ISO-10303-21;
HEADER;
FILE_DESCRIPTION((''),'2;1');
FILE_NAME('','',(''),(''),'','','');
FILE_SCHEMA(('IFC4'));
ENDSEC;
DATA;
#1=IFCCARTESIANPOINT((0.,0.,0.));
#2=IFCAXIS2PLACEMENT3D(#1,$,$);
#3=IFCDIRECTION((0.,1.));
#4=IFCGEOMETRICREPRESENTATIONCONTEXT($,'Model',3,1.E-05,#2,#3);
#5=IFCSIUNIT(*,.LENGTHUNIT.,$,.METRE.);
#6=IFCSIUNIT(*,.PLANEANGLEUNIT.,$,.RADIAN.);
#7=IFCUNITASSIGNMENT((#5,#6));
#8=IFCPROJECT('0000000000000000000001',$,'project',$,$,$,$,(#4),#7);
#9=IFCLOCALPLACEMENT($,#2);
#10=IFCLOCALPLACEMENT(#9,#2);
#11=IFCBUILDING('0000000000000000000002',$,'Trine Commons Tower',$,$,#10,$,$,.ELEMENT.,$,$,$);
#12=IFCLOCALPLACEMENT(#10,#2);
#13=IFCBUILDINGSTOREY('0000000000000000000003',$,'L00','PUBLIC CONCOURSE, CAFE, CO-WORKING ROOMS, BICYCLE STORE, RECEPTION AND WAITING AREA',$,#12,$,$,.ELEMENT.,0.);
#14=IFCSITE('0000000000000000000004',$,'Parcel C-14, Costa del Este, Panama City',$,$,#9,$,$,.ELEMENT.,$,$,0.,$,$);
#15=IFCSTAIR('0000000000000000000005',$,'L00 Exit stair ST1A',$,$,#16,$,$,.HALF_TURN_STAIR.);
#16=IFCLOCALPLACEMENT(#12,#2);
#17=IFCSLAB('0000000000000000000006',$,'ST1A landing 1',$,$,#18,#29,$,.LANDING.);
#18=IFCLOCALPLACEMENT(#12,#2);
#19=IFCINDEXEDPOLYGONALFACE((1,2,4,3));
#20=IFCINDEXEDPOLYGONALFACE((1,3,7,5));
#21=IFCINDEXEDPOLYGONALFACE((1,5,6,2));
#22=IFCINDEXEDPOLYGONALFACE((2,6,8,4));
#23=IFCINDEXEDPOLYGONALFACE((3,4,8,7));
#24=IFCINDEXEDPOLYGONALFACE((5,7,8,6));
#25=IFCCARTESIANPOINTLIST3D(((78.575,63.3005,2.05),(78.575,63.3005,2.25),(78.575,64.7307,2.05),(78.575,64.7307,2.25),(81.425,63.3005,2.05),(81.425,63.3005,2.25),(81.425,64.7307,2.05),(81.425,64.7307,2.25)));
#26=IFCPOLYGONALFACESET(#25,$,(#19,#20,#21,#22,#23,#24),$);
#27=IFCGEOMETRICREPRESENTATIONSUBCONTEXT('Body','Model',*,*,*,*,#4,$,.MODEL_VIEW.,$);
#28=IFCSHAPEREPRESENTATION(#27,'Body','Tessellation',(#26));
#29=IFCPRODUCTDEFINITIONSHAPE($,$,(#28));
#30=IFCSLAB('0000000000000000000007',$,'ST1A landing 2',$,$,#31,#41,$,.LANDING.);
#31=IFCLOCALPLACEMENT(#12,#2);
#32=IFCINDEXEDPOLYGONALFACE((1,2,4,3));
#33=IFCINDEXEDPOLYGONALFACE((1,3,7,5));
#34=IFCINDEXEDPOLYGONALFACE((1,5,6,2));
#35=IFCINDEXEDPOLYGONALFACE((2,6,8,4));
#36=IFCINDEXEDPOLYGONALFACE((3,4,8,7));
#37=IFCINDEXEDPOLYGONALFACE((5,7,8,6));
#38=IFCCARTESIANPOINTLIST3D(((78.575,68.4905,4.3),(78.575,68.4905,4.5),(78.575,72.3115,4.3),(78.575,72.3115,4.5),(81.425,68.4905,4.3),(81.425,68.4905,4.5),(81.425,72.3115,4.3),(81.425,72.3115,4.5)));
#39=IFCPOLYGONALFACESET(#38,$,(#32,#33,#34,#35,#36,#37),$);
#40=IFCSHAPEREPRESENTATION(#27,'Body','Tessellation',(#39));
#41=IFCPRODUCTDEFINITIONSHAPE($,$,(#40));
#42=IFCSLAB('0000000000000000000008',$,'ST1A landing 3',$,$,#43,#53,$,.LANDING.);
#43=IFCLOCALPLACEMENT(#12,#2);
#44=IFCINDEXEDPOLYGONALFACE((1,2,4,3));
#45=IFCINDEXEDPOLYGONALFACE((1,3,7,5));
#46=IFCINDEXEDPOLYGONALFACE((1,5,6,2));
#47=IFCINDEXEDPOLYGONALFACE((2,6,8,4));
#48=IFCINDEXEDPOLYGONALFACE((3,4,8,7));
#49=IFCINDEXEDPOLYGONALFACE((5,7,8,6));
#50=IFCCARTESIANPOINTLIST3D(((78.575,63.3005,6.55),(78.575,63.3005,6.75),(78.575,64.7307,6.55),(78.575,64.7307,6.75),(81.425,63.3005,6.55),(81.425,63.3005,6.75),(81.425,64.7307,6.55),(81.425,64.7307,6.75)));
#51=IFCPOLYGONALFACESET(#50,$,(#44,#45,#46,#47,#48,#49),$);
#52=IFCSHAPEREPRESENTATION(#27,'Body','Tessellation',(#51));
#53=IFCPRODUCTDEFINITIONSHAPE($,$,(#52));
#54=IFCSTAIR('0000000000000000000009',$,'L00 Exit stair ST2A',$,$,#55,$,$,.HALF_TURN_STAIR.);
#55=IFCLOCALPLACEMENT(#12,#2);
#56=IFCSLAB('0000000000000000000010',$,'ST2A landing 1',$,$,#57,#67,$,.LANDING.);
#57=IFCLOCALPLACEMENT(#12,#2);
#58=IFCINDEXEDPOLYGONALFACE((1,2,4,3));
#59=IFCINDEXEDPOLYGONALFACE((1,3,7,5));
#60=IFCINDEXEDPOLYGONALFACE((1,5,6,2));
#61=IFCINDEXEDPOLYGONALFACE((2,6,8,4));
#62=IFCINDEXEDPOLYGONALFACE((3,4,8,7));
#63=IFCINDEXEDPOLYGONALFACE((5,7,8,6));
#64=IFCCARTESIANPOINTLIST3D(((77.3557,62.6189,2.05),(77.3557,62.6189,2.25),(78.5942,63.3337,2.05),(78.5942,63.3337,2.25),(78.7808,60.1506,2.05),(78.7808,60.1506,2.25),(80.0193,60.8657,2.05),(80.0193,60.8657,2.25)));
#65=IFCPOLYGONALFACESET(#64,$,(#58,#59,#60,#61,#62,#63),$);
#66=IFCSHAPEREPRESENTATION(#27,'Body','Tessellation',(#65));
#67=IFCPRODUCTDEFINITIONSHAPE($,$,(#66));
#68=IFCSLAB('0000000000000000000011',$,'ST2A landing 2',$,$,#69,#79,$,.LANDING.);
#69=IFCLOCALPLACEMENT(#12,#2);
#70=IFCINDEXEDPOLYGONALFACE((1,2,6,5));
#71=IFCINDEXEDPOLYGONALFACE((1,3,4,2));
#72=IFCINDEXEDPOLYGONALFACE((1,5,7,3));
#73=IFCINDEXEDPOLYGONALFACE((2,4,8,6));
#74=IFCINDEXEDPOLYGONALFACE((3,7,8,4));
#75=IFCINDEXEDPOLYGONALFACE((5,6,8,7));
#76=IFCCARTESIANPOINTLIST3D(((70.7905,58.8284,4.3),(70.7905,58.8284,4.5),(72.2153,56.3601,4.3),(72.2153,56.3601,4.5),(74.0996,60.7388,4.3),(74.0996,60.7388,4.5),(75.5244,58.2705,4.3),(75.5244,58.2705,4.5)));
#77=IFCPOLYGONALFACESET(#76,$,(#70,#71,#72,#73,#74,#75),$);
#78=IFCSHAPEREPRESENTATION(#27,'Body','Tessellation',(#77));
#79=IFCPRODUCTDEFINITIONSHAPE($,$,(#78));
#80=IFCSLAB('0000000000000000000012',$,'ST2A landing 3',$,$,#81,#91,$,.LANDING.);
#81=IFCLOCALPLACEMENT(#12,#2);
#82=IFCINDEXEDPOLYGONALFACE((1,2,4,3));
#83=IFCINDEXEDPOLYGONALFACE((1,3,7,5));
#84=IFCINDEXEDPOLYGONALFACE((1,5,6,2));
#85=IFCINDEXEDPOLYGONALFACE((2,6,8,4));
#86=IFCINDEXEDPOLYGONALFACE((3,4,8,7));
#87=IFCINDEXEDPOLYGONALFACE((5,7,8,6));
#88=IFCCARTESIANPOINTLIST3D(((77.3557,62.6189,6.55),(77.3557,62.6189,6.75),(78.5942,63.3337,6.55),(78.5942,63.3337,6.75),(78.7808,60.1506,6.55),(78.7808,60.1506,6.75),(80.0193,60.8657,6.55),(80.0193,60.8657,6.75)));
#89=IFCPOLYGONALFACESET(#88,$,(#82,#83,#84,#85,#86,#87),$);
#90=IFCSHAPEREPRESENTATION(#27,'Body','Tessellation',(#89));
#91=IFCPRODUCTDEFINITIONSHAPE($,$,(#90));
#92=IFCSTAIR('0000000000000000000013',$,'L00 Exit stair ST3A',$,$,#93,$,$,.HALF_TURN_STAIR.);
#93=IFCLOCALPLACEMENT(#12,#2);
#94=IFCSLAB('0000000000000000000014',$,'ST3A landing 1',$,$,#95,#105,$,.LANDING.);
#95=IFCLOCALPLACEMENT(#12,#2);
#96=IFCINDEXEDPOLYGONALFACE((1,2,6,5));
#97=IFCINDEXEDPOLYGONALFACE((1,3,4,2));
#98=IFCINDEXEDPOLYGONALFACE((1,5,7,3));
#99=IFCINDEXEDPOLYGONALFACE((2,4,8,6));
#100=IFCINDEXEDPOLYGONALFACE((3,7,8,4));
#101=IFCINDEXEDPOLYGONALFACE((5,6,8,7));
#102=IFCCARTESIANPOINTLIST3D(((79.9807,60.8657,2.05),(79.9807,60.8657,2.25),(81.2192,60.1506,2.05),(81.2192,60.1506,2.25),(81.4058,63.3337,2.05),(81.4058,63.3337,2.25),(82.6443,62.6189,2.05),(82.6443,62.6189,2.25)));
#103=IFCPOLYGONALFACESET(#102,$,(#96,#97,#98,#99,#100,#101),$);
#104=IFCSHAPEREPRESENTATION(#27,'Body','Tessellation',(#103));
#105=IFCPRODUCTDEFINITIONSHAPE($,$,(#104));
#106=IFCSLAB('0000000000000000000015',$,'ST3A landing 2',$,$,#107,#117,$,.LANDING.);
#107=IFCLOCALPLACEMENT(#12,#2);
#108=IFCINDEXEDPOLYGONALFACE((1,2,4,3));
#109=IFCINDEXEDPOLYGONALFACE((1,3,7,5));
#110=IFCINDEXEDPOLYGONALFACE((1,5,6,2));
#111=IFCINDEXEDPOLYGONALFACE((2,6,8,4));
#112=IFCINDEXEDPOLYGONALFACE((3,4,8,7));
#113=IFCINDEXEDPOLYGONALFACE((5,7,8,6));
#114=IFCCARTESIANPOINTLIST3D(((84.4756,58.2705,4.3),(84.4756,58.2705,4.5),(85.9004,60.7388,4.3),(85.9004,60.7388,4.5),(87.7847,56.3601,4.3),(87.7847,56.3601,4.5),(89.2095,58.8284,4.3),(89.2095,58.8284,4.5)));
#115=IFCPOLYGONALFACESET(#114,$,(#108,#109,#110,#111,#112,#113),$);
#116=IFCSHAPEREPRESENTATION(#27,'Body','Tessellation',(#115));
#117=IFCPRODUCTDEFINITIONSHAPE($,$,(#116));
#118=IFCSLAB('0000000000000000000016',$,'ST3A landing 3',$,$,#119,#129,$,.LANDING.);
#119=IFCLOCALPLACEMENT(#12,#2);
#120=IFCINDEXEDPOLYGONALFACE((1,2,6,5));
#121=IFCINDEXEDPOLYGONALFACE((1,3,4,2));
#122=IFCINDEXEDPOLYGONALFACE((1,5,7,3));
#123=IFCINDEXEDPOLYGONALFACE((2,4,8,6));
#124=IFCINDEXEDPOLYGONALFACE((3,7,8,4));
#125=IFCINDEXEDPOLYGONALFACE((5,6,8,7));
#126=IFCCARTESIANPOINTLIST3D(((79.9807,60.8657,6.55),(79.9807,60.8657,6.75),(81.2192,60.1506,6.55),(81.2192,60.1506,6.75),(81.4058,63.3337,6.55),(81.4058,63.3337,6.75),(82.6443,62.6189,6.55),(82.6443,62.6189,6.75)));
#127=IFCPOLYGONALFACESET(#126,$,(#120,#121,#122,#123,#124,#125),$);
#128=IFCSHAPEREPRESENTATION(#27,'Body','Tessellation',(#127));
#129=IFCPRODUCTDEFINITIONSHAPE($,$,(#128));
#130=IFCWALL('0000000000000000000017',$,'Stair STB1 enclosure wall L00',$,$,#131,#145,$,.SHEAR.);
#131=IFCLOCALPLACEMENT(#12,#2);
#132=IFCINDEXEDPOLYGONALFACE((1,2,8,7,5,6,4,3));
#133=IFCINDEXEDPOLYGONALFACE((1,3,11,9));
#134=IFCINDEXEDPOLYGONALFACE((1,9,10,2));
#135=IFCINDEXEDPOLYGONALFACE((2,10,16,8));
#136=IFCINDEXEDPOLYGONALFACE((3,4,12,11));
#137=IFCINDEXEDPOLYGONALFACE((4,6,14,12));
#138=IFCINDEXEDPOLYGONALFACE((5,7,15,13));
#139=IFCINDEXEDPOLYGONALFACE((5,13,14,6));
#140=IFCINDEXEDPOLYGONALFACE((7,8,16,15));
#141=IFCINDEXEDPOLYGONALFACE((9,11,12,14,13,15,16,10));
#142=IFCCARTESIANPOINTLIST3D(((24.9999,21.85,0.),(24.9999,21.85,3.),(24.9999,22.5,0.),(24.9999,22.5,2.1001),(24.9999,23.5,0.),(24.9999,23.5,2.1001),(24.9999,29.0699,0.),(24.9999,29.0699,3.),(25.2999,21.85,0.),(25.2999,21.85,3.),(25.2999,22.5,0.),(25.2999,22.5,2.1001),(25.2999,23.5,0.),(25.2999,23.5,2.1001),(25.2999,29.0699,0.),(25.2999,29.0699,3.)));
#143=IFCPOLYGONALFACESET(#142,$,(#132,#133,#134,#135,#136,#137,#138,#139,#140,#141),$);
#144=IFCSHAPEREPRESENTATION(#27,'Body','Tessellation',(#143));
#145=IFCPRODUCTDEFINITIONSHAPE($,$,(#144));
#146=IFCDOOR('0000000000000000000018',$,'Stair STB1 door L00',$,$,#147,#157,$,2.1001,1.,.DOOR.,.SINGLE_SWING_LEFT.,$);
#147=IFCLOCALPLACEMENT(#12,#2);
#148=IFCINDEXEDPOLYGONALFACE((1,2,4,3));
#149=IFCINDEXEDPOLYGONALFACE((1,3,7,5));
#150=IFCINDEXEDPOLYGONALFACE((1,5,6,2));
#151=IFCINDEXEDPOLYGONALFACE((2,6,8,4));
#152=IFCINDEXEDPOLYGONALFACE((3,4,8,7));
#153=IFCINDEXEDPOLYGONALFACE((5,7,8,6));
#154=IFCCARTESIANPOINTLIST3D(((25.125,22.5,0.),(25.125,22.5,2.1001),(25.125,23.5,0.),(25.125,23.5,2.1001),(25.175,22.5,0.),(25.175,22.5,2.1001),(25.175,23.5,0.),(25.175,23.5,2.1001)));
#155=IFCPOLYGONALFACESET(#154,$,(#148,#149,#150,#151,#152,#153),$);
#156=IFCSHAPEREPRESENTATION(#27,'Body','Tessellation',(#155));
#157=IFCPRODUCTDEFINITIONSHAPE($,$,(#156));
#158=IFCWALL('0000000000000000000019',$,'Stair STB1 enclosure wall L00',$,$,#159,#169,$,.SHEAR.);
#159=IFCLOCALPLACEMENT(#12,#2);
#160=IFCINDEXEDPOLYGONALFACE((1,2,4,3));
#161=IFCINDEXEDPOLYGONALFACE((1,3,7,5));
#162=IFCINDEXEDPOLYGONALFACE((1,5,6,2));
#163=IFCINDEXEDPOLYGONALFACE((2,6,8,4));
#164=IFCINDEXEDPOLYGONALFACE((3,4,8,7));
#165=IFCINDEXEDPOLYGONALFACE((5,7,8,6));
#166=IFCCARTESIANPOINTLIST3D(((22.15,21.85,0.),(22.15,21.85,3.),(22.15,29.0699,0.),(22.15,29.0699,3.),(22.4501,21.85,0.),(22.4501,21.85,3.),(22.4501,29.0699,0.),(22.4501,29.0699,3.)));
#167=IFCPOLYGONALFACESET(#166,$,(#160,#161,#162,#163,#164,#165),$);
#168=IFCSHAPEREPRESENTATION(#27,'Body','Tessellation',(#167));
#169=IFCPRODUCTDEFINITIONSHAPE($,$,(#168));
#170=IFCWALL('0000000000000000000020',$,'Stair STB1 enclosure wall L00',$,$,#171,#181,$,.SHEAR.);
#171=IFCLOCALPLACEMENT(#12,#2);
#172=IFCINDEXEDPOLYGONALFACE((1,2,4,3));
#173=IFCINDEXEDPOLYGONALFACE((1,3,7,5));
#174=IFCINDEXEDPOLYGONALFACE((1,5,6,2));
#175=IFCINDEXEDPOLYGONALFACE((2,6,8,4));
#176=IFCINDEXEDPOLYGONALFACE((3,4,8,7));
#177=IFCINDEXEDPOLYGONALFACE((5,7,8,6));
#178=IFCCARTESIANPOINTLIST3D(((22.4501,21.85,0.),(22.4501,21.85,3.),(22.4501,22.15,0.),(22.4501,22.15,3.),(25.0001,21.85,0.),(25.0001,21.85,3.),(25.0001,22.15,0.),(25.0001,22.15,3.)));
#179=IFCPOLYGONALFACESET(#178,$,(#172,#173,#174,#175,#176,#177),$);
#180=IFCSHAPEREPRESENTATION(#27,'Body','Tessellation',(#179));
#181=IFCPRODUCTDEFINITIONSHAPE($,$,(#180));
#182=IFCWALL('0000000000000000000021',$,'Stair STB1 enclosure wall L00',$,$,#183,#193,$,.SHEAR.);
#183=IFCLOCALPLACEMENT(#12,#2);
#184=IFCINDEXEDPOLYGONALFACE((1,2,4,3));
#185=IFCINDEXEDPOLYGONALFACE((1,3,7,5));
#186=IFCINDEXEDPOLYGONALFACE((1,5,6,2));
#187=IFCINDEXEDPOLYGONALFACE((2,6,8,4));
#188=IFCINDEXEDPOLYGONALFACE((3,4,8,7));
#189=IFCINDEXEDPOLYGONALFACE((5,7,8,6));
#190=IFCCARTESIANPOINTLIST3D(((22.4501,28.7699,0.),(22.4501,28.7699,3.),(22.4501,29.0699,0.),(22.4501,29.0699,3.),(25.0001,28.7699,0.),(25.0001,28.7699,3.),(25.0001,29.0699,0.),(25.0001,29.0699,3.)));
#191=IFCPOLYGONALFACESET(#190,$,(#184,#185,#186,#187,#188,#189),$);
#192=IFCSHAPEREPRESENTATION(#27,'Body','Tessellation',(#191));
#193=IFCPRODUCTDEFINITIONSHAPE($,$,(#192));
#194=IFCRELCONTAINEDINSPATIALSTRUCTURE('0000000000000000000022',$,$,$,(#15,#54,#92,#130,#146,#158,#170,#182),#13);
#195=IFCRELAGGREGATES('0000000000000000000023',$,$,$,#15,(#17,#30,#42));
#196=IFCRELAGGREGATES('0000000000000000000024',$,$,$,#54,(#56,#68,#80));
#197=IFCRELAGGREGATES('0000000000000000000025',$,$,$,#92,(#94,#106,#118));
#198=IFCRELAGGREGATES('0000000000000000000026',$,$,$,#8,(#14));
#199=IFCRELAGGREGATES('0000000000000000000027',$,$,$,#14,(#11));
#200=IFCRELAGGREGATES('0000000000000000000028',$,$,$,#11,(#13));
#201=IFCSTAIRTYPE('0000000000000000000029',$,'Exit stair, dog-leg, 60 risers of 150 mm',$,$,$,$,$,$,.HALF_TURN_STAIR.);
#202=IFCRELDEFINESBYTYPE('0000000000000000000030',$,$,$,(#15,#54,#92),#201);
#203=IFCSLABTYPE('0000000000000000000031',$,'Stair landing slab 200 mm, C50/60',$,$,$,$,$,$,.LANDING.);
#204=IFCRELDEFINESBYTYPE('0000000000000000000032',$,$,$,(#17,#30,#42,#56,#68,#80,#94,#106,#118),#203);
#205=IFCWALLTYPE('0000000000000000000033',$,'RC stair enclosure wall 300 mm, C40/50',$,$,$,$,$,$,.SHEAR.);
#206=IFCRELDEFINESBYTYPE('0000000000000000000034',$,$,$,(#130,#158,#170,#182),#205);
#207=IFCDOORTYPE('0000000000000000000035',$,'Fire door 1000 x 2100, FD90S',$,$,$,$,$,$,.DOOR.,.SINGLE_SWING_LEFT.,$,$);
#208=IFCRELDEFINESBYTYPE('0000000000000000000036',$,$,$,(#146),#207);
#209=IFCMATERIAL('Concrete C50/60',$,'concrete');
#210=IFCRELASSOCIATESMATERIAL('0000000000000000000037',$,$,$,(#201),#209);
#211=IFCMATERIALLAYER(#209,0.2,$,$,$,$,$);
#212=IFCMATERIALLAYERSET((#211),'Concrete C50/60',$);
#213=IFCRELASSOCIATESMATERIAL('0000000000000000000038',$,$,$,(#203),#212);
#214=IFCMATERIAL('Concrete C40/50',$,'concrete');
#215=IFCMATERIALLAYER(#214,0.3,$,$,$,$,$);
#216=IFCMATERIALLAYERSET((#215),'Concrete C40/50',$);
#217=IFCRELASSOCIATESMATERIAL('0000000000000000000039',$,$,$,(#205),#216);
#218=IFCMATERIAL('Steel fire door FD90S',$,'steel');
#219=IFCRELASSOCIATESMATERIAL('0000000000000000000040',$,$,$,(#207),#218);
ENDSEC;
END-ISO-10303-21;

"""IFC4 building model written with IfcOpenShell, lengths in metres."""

from ifc_helpers import new_model, si_unit, direction, frame, frame_2d, origin, place, context, subcontext, project, spatial, polyline, rectangle, outline, extrude, material, layer, layer_set, type_object, element, fill, aggregate, save


model = new_model("IFC4")

# Units and contexts
model_context = context("Model", 3, precision=1e-05, world=origin(), true_north=direction((0.0, 1.0)))
body_context = subcontext(model_context, "Body", "Model", "MODEL_VIEW")
ifc_project = project(units=[si_unit("LENGTHUNIT", "METRE"), si_unit("PLANEANGLEUNIT", "RADIAN")], contexts=[model_context])

# Site, building, storey
site_placement = place(None, origin())
site = spatial("IfcSite", under=ifc_project, at=site_placement, Name="Parcel C-14, Costa del Este, Panama City", CompositionType="ELEMENT", RefElevation=0.0)
building_placement = place(site_placement, origin())
building = spatial("IfcBuilding", under=site, at=building_placement, Name="Trine Commons Tower", CompositionType="ELEMENT")
storey_placement = place(building_placement, origin())
storey = spatial("IfcBuildingStorey", under=building, at=storey_placement, Name="L00", Description="PUBLIC CONCOURSE, CAFE, CO-WORKING ROOMS, BICYCLE STORE, RECEPTION AND WAITING AREA", CompositionType="ELEMENT", Elevation=0.0)

# Stairs, slabs
ifc_material_1 = material(Name="Concrete C50/60", Category="concrete")
stair_type = type_object("IfcStairType", Name="Exit stair, dog-leg, 60 risers of 150 mm", PredefinedType="HALF_TURN_STAIR", material=ifc_material_1)
stair_1_placement = place(storey_placement, origin())
stair_1 = element("IfcStair", 1, at=stair_1_placement, inside=storey, type_object=stair_type, Name="L00 Exit stair ST1A", PredefinedType="HALF_TURN_STAIR")
ifc_layer_1 = layer(ifc_material_1, 0.2)
ifc_layer_set_1 = layer_set([ifc_layer_1], Name="Concrete C50/60")
slab_type = type_object("IfcSlabType", Name="Stair landing slab 200 mm, C50/60", PredefinedType="LANDING", material=ifc_layer_set_1)
slab_1_placement = place(storey_placement, frame((0.0, 0.0, 2.05)))
slab_1 = element("IfcSlab", 2, at=slab_1_placement, type_object=slab_type, Name="ST1A landing 1", PredefinedType="LANDING", context=body_context, shape_type="SweptSolid", body=[
    extrude(outline(polyline([(78.575, 64.7307), (78.575, 63.3005), (81.425, 63.3005), (81.425, 64.7307), (78.575, 64.7307)])), origin(), (0.0, 0.0, 1.0), 0.2),
])
slab_2_placement = place(storey_placement, frame((0.0, 0.0, 4.3)))
slab_2 = element("IfcSlab", 3, at=slab_2_placement, type_object=slab_type, Name="ST1A landing 2", PredefinedType="LANDING", context=body_context, shape_type="SweptSolid", body=[
    extrude(outline(polyline([(78.575, 72.3115), (78.575, 68.4905), (81.425, 68.4905), (81.425, 72.3115), (78.575, 72.3115)])), origin(), (0.0, 0.0, 1.0), 0.2),
])
slab_3_placement = place(storey_placement, frame((0.0, 0.0, 6.55)))
slab_3 = element("IfcSlab", 4, at=slab_3_placement, type_object=slab_type, Name="ST1A landing 3", PredefinedType="LANDING", context=body_context, shape_type="SweptSolid", body=[
    extrude(outline(polyline([(78.575, 64.7307), (78.575, 63.3005), (81.425, 63.3005), (81.425, 64.7307), (78.575, 64.7307)])), origin(), (0.0, 0.0, 1.0), 0.2),
])
aggregate(stair_1, [slab_1, slab_2, slab_3])
stair_2_placement = place(storey_placement, origin())
stair_2 = element("IfcStair", 5, at=stair_2_placement, inside=storey, type_object=stair_type, Name="L00 Exit stair ST2A", PredefinedType="HALF_TURN_STAIR")
slab_4_placement = place(storey_placement, frame((0.0, 0.0, 2.05)))
slab_4 = element("IfcSlab", 6, at=slab_4_placement, type_object=slab_type, Name="ST2A landing 1", PredefinedType="LANDING", context=body_context, shape_type="SweptSolid", body=[
    extrude(outline(polyline([(78.7808, 60.1506), (80.0193, 60.8657), (78.5942, 63.3337), (77.3557, 62.6189), (78.7808, 60.1506)])), origin(), (0.0, 0.0, 1.0), 0.2),
])
slab_5_placement = place(storey_placement, frame((0.0, 0.0, 4.3)))
slab_5 = element("IfcSlab", 7, at=slab_5_placement, type_object=slab_type, Name="ST2A landing 2", PredefinedType="LANDING", context=body_context, shape_type="SweptSolid", body=[
    extrude(outline(polyline([(72.2153, 56.3601), (75.5244, 58.2705), (74.0996, 60.7388), (70.7905, 58.8284), (72.2153, 56.3601)])), origin(), (0.0, 0.0, 1.0), 0.2),
])
slab_6_placement = place(storey_placement, frame((0.0, 0.0, 6.55)))
slab_6 = element("IfcSlab", 8, at=slab_6_placement, type_object=slab_type, Name="ST2A landing 3", PredefinedType="LANDING", context=body_context, shape_type="SweptSolid", body=[
    extrude(outline(polyline([(78.7808, 60.1506), (80.0193, 60.8657), (78.5942, 63.3337), (77.3557, 62.6189), (78.7808, 60.1506)])), origin(), (0.0, 0.0, 1.0), 0.2),
])
aggregate(stair_2, [slab_4, slab_5, slab_6])
stair_3_placement = place(storey_placement, origin())
stair_3 = element("IfcStair", 9, at=stair_3_placement, inside=storey, type_object=stair_type, Name="L00 Exit stair ST3A", PredefinedType="HALF_TURN_STAIR")
slab_7_placement = place(storey_placement, frame((0.0, 0.0, 2.05)))
slab_7 = element("IfcSlab", 10, at=slab_7_placement, type_object=slab_type, Name="ST3A landing 1", PredefinedType="LANDING", context=body_context, shape_type="SweptSolid", body=[
    extrude(outline(polyline([(82.6443, 62.6189), (81.4058, 63.3337), (79.9807, 60.8657), (81.2192, 60.1506), (82.6443, 62.6189)])), origin(), (0.0, 0.0, 1.0), 0.2),
])
slab_8_placement = place(storey_placement, frame((0.0, 0.0, 4.3)))
slab_8 = element("IfcSlab", 11, at=slab_8_placement, type_object=slab_type, Name="ST3A landing 2", PredefinedType="LANDING", context=body_context, shape_type="SweptSolid", body=[
    extrude(outline(polyline([(89.2095, 58.8284), (85.9004, 60.7388), (84.4756, 58.2705), (87.7847, 56.3601), (89.2095, 58.8284)])), origin(), (0.0, 0.0, 1.0), 0.2),
])
slab_9_placement = place(storey_placement, frame((0.0, 0.0, 6.55)))
slab_9 = element("IfcSlab", 12, at=slab_9_placement, type_object=slab_type, Name="ST3A landing 3", PredefinedType="LANDING", context=body_context, shape_type="SweptSolid", body=[
    extrude(outline(polyline([(82.6443, 62.6189), (81.4058, 63.3337), (79.9807, 60.8657), (81.2192, 60.1506), (82.6443, 62.6189)])), origin(), (0.0, 0.0, 1.0), 0.2),
])
aggregate(stair_3, [slab_7, slab_8, slab_9])

# Wall, opening, door
ifc_material_2 = material(Name="Concrete C40/50", Category="concrete")
ifc_layer_2 = layer(ifc_material_2, 0.3)
ifc_layer_set_2 = layer_set([ifc_layer_2], Name="Concrete C40/50")
wall_type = type_object("IfcWallType", Name="RC stair enclosure wall 300 mm, C40/50", PredefinedType="SHEAR", material=ifc_layer_set_2)
wall_1_placement = place(storey_placement, frame((25.1499, 21.8501, 0.0), z_axis=(0.0, 0.0, 1.0), x_axis=(0.0, 1.0, 0.0)))
wall_1 = element("IfcWall", 13, at=wall_1_placement, inside=storey, type_object=wall_type, Name="Stair STB1 enclosure wall L00", PredefinedType="SHEAR", context=body_context, shape_type="SweptSolid", body=[
    extrude(rectangle(XDim=7.22, YDim=0.3, at=frame_2d((3.6099, 0.0))), origin(), (0.0, 0.0, 1.0), 3.0),
])
opening_placement = place(wall_1_placement, frame((0.6499, 0.0, 0.0)))
opening = element("IfcOpeningElement", 14, at=opening_placement, cuts=wall_1, PredefinedType="OPENING", context=body_context, shape_type="SweptSolid", body=[
    extrude(rectangle(XDim=1.0, YDim=2.1001, at=frame_2d((0.5, 1.05))), frame((0.0, 0.1599, 0.0), z_axis=(0.0, -1.0, 0.0), x_axis=(1.0, 0.0, 0.0)), (0.0, 0.0, 1.0), 0.3201),
])
ifc_material_3 = material(Name="Steel fire door FD90S", Category="steel")
door_type = type_object("IfcDoorType", Name="Fire door 1000 x 2100, FD90S", OperationType="SINGLE_SWING_LEFT", PredefinedType="DOOR", material=ifc_material_3)
door_placement = place(opening_placement, origin())
door = element("IfcDoor", 15, at=door_placement, inside=storey, type_object=door_type, Name="Stair STB1 door L00", OperationType="SINGLE_SWING_LEFT", OverallHeight=2.1001, OverallWidth=1.0, PredefinedType="DOOR", context=body_context, shape_type="SweptSolid", body=[
    extrude(rectangle(XDim=1.0, YDim=2.1001, at=frame_2d((0.5, 1.05))), frame((0.0, 0.0249, 0.0), z_axis=(0.0, -1.0, 0.0), x_axis=(1.0, 0.0, 0.0)), (0.0, 0.0, 1.0), 0.05),
])
fill(opening, door)

# Walls
wall_2_placement = place(storey_placement, frame((22.3, 21.8501, 0.0), z_axis=(0.0, 0.0, 1.0), x_axis=(0.0, 1.0, 0.0)))
element("IfcWall", 16, at=wall_2_placement, inside=storey, type_object=wall_type, Name="Stair STB1 enclosure wall L00", PredefinedType="SHEAR", context=body_context, shape_type="SweptSolid", body=[
    extrude(rectangle(XDim=7.22, YDim=0.3, at=frame_2d((3.6099, 0.0))), origin(), (0.0, 0.0, 1.0), 3.0),
])
for number, where, z_axis, x_axis, name in (
    (17, (25.0, 22.0, 0.0), (0.0, 0.0, 1.0), (-1.0, 0.0, 0.0), "Stair STB1 enclosure wall L00"),
    (18, (25.0, 28.9199, 0.0), (0.0, 0.0, 1.0), (-1.0, 0.0, 0.0), "Stair STB1 enclosure wall L00"),
):
    element("IfcWall", number, at=place(storey_placement, frame(where, z_axis=z_axis, x_axis=x_axis)), inside=storey, type_object=wall_type, Name=name, PredefinedType="SHEAR", context=body_context, shape_type="SweptSolid", body=[
        extrude(rectangle(XDim=2.55, YDim=0.3, at=frame_2d((1.2749, 0.0))), origin(), (0.0, 0.0, 1.0), 3.0),
    ])

save(model, "model.ifc")
